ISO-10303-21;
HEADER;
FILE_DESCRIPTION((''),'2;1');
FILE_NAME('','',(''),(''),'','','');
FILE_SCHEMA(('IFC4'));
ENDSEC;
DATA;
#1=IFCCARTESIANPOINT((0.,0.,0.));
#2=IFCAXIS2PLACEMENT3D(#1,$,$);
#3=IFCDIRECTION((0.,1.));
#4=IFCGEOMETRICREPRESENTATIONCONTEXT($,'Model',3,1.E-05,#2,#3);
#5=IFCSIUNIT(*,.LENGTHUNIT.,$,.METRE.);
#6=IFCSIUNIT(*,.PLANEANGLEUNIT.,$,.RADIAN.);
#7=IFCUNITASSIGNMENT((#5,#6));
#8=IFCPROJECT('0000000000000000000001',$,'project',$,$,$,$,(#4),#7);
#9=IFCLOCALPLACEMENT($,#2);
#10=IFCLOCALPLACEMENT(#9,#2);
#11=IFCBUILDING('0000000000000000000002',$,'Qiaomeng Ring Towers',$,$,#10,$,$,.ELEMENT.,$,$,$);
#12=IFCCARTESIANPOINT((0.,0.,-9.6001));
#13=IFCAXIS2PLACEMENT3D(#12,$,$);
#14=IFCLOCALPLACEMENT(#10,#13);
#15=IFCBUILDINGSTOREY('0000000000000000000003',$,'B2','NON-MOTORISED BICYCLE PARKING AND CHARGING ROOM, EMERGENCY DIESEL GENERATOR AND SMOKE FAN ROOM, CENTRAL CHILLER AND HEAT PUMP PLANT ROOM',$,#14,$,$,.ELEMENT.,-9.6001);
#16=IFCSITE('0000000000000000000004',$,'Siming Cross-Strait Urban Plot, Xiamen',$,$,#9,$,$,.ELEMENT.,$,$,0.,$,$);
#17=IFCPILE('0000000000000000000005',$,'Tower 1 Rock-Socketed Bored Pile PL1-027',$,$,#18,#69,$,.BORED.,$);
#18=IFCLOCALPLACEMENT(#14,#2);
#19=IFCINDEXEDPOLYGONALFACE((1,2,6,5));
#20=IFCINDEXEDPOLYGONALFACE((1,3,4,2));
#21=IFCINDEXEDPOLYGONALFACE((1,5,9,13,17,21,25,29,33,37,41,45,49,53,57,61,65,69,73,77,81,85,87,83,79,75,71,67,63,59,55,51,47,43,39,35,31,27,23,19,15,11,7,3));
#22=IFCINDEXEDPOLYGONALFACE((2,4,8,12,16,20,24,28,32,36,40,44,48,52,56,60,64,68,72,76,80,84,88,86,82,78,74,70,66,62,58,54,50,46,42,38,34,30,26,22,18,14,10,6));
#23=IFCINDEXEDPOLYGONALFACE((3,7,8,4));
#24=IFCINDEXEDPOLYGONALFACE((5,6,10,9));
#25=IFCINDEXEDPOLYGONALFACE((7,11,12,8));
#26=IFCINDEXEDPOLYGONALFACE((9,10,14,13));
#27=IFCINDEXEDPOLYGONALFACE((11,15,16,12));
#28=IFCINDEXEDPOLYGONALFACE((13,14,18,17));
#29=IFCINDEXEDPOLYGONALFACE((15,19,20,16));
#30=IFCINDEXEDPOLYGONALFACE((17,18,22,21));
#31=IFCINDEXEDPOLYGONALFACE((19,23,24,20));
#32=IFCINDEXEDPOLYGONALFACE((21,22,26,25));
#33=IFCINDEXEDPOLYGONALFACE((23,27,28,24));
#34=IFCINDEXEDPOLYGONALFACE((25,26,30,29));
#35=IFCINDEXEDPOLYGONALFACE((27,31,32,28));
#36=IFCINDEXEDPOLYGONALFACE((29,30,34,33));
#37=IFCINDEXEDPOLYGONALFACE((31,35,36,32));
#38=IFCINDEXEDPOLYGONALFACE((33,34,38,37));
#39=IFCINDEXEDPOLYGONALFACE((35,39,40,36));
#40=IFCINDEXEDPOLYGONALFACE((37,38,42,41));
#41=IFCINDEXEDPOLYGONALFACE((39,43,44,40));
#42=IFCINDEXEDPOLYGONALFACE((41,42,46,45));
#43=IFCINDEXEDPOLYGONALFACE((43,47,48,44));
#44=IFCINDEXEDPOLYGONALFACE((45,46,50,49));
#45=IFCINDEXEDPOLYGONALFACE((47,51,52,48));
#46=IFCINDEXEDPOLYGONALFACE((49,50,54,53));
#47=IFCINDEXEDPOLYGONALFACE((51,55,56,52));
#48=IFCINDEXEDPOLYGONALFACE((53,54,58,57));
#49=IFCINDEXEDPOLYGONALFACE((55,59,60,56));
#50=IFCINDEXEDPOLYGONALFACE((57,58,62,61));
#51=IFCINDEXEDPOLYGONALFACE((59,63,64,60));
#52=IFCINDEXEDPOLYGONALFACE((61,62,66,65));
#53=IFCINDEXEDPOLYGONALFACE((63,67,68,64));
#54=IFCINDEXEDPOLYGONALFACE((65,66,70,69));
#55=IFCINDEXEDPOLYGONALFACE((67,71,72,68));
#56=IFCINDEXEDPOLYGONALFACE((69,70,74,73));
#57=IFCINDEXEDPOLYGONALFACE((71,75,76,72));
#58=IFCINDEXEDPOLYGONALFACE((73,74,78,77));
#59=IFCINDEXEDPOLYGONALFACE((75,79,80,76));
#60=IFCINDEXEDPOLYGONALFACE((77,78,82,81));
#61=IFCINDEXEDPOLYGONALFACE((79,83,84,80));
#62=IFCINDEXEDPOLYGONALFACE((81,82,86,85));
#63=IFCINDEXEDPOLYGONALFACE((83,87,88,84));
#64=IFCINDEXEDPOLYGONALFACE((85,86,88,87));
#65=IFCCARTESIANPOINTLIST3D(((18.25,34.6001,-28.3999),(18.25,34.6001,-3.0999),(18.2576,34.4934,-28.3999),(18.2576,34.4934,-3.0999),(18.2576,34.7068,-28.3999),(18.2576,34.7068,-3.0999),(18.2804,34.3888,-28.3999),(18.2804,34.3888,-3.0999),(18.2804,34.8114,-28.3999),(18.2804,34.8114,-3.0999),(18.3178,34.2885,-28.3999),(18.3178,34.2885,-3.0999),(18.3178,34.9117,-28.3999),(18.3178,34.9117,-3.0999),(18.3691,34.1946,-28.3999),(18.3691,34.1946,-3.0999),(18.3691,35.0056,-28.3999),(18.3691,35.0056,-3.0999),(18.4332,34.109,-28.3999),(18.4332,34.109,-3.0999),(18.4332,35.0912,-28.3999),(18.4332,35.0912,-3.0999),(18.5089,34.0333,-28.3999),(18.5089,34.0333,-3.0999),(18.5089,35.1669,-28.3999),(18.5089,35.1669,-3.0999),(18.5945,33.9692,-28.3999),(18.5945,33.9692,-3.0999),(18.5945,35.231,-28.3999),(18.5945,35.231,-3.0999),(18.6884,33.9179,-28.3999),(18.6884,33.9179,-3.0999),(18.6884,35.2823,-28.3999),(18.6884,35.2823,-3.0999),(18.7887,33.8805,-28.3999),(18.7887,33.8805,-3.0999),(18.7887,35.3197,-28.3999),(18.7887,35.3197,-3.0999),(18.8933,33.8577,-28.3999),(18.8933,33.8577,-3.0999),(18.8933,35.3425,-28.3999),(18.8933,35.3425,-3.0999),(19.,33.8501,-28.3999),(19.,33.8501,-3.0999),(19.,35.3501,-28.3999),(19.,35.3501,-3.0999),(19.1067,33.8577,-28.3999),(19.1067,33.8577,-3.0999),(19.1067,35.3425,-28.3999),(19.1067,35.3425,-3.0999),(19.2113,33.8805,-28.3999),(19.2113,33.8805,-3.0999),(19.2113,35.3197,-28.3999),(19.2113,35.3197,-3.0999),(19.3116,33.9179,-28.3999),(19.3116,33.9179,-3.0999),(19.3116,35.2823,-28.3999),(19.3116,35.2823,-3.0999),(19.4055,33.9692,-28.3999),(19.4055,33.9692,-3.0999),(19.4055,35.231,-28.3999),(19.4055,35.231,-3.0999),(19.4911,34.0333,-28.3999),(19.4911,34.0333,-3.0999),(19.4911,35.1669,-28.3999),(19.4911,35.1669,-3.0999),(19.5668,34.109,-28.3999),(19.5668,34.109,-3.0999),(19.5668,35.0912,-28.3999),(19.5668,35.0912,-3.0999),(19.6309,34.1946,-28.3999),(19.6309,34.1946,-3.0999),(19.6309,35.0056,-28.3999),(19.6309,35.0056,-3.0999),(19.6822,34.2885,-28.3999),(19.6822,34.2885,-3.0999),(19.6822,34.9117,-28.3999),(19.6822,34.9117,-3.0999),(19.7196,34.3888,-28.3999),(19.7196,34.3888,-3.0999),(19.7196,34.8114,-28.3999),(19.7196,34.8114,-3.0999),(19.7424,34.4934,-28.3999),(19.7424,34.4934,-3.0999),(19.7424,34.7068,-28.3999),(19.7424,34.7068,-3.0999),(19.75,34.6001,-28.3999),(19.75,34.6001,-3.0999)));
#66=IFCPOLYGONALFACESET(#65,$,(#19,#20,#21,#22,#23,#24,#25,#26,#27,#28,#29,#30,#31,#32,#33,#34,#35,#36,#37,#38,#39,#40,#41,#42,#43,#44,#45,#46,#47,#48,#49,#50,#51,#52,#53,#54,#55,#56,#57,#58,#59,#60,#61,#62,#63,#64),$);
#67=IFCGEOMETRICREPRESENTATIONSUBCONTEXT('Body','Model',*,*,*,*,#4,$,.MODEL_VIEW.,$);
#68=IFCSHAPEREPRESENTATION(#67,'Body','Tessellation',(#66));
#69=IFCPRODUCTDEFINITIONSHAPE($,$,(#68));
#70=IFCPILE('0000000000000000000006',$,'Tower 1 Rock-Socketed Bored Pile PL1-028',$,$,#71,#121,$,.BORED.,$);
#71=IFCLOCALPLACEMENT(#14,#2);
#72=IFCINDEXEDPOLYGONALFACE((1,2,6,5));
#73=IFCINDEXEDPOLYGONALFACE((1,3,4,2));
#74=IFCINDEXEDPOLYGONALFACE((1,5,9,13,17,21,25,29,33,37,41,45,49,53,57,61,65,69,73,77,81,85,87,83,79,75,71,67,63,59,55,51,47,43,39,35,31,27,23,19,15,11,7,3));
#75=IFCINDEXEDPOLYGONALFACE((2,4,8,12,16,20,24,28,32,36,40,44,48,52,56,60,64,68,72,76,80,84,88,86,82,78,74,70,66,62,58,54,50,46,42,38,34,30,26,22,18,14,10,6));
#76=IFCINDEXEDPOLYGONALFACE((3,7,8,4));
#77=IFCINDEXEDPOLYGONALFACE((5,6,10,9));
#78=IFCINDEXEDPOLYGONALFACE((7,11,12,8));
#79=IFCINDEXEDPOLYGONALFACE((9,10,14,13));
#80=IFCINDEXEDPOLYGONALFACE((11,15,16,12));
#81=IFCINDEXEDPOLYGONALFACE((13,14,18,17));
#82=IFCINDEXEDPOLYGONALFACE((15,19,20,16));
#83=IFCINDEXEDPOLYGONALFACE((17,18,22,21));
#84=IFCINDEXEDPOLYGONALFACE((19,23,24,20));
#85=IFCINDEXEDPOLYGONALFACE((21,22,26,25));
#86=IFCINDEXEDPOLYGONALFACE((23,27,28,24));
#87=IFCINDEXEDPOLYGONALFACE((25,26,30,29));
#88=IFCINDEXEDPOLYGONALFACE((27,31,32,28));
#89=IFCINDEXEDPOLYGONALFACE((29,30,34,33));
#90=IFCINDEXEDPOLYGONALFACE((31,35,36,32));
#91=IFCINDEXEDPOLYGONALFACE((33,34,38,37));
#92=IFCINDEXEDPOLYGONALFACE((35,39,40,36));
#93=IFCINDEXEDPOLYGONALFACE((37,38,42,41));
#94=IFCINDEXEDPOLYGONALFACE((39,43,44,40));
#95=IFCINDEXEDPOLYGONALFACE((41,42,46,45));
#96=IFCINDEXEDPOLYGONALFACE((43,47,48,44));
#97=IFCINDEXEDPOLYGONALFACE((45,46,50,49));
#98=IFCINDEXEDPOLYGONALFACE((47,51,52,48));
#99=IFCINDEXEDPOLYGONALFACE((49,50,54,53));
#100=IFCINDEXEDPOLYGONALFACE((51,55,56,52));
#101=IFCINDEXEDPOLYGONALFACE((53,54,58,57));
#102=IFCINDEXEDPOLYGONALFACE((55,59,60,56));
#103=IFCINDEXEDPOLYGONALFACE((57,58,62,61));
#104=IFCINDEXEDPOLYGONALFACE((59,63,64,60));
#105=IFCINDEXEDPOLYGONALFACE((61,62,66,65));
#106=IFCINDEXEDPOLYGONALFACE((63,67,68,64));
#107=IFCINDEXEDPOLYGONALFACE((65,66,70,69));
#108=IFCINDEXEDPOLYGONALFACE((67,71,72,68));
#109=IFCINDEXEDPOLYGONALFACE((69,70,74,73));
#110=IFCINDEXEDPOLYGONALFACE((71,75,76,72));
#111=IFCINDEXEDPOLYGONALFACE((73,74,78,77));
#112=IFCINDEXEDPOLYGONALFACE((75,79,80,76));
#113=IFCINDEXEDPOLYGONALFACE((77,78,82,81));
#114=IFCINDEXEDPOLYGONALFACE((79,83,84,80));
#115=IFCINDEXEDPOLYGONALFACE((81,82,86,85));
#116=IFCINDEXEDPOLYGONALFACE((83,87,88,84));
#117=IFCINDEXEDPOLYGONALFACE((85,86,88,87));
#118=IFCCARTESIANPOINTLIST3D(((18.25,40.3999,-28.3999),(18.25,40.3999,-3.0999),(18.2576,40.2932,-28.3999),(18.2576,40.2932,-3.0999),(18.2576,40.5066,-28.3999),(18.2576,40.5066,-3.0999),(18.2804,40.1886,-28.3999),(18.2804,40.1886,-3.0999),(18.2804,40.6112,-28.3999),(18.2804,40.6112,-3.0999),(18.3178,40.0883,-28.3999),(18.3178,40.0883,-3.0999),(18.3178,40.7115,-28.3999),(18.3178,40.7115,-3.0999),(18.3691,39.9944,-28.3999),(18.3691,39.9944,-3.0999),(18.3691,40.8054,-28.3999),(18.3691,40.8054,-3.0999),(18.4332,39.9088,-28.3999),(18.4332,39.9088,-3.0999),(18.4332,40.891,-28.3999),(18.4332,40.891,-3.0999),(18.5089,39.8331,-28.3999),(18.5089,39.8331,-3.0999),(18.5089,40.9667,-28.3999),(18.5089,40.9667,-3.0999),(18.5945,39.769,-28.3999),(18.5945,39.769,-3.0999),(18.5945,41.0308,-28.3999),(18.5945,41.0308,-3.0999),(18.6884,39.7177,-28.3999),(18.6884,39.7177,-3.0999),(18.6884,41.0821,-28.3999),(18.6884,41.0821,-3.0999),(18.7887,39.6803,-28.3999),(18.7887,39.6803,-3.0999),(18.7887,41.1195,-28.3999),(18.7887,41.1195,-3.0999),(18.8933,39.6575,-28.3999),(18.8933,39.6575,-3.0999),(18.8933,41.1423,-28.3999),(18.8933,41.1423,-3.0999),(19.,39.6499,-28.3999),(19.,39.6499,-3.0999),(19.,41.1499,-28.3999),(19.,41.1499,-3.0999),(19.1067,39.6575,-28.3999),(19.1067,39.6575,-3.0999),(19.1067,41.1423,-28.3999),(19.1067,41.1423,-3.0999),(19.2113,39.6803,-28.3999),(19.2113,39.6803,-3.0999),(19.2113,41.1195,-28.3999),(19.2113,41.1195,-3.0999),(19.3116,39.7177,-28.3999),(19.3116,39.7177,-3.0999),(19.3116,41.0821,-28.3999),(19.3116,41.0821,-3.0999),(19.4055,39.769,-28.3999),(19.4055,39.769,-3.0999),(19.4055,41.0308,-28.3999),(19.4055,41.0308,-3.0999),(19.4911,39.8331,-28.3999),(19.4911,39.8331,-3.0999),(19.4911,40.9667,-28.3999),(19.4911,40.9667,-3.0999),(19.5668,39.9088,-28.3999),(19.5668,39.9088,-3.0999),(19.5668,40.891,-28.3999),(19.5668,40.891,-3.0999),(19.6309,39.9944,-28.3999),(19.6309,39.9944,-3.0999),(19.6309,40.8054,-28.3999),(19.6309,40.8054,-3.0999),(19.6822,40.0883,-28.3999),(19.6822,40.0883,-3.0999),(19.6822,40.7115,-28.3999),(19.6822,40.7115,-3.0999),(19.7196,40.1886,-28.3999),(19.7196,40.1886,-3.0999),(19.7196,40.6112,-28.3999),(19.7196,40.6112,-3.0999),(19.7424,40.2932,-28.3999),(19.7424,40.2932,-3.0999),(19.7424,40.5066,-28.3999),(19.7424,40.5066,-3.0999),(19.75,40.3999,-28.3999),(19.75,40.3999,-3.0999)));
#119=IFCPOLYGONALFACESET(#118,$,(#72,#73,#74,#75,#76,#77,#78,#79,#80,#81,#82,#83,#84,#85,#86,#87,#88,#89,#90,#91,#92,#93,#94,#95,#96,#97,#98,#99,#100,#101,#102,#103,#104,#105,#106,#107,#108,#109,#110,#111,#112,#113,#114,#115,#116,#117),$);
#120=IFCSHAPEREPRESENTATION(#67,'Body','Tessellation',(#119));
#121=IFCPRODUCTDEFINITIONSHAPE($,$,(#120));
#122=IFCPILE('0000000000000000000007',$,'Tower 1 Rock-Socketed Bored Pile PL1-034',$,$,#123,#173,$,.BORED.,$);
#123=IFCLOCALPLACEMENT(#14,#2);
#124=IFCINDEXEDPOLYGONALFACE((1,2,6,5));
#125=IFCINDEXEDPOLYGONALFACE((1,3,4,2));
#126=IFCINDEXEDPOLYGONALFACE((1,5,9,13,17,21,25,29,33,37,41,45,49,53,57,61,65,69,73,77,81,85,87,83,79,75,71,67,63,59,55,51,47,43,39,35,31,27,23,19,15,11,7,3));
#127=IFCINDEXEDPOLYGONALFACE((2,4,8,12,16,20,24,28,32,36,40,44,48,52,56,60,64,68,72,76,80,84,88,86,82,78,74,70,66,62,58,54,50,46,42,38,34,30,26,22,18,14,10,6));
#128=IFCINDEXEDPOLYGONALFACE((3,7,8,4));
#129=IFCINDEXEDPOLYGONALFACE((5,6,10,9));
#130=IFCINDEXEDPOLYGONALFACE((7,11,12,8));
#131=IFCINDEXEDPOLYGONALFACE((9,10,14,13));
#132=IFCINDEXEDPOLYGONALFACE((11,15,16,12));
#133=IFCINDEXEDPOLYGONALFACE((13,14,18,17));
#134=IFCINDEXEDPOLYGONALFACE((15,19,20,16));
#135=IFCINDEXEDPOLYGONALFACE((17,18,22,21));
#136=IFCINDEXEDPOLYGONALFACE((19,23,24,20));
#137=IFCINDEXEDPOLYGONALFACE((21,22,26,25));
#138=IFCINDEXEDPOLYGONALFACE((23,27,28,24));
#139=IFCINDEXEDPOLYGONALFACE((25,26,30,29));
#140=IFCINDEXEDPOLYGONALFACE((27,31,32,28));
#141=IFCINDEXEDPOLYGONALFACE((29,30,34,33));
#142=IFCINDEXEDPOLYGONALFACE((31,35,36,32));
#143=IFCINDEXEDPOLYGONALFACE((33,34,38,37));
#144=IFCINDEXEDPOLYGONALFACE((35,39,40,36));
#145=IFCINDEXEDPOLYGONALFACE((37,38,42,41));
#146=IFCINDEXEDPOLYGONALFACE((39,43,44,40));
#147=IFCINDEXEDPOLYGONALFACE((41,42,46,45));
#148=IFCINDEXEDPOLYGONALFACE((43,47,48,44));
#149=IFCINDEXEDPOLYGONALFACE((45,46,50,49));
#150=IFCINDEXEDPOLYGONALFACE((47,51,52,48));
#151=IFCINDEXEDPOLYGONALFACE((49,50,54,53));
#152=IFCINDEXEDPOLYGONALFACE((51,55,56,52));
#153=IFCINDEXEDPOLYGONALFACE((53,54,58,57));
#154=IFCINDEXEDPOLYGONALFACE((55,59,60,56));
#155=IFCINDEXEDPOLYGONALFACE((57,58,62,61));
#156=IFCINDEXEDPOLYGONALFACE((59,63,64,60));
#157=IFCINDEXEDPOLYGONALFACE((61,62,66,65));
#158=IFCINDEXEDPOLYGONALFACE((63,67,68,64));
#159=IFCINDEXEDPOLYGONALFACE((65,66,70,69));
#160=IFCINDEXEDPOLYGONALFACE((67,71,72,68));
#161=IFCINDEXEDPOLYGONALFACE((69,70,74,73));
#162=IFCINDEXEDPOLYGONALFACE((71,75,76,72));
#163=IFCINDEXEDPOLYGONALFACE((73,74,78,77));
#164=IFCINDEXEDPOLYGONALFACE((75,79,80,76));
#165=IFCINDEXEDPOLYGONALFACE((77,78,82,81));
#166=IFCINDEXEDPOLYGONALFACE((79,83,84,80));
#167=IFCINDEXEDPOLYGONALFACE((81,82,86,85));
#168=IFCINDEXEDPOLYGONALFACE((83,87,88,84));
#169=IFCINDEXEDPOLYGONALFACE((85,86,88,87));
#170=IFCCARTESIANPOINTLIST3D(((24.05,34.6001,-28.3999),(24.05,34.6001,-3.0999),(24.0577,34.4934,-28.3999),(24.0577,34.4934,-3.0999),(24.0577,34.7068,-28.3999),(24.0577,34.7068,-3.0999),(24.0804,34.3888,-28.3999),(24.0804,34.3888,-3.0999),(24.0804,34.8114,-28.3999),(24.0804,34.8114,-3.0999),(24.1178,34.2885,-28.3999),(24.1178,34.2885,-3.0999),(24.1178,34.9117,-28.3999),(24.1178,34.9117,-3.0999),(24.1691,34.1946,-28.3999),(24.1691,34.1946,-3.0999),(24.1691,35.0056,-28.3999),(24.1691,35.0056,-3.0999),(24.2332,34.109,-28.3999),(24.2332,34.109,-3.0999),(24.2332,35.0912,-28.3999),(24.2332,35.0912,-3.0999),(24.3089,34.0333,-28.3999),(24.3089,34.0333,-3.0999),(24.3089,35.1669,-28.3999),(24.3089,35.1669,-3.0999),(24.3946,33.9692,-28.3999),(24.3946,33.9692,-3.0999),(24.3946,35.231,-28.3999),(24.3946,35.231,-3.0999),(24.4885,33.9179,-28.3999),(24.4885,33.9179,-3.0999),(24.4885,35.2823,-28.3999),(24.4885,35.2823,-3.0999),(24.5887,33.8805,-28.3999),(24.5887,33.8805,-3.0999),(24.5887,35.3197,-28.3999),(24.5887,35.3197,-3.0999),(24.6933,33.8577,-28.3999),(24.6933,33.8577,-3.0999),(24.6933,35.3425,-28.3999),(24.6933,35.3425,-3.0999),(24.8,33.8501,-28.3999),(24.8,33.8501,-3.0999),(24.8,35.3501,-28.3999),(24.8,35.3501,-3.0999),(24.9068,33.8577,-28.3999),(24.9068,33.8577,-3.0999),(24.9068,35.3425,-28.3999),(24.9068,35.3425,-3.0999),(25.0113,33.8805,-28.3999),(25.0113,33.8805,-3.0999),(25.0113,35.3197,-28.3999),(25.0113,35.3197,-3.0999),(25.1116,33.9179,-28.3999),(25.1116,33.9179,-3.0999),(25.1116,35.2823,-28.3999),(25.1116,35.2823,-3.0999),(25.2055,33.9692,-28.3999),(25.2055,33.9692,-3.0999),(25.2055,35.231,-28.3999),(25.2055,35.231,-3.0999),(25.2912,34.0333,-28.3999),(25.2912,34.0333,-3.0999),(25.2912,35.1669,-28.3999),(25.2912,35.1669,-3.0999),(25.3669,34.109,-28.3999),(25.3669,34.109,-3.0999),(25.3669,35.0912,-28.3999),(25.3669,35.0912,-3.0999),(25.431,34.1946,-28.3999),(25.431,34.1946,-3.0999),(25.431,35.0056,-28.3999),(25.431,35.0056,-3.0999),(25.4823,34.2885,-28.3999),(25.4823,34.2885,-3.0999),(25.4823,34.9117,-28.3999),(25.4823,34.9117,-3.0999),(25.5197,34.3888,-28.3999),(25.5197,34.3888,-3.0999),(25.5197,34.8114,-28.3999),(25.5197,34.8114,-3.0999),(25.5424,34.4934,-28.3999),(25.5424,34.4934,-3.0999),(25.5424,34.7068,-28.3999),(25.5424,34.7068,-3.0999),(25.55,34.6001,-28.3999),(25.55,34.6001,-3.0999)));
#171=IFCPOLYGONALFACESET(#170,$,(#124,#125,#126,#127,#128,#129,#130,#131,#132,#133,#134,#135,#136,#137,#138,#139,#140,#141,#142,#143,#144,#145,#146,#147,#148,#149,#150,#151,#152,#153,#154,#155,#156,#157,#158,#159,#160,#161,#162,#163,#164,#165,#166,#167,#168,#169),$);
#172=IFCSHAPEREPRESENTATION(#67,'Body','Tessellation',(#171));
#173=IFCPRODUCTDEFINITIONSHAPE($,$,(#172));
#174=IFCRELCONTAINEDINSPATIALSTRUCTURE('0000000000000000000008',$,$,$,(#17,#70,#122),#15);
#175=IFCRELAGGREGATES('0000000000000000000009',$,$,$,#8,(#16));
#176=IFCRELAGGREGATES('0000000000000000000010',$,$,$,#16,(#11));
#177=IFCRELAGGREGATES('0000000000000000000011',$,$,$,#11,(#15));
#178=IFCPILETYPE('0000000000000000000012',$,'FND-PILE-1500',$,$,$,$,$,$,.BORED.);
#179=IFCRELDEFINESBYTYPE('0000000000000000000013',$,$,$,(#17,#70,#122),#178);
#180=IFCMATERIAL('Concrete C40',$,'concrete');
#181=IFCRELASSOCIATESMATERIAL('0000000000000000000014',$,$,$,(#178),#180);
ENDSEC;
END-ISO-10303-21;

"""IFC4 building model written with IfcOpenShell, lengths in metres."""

from ifc_helpers import new_model, si_unit, direction, frame, origin, origin_2d, place, context, subcontext, project, spatial, circle, extrude, source, transform, mapped, material, material_profile, profile_set, type_object, element, save


model = new_model("IFC4")

# Units and contexts
model_context = context("Model", 3, precision=1e-05, world=origin(), true_north=direction((0.0, 1.0)))
body_context = subcontext(model_context, "Body", "Model", "MODEL_VIEW")
ifc_project = project(units=[si_unit("LENGTHUNIT", "METRE"), si_unit("PLANEANGLEUNIT", "RADIAN")], contexts=[model_context])

# Site, building, storey
site_placement = place(None, origin())
site = spatial("IfcSite", under=ifc_project, at=site_placement, Name="Siming Cross-Strait Urban Plot, Xiamen", CompositionType="ELEMENT", RefElevation=0.0)
building_placement = place(site_placement, origin())
building = spatial("IfcBuilding", under=site, at=building_placement, Name="Qiaomeng Ring Towers", CompositionType="ELEMENT")
storey_placement = place(building_placement, frame((0.0, 0.0, -9.6001)))
storey = spatial("IfcBuildingStorey", under=building, at=storey_placement, Name="B2", Description="NON-MOTORISED BICYCLE PARKING AND CHARGING ROOM, EMERGENCY DIESEL GENERATOR AND SMOKE FAN ROOM, CENTRAL CHILLER AND HEAT PUMP PLANT ROOM", CompositionType="ELEMENT", Elevation=-9.6001)

# Piles
ifc_material_1 = material(Name="Concrete C40", Category="concrete")
ifc_material_profile_1 = material_profile(ifc_material_1, circle(Radius=0.75, at=origin_2d()), Name="BORED PILE 1500")
ifc_profile_set_1 = profile_set([ifc_material_profile_1], Name="Concrete C40")
pile_type = type_object("IfcPileType", Name="FND-PILE-1500", PredefinedType="BORED", material=ifc_profile_set_1)
shared_shape_1 = source(origin(), body_context, "Body", "SweptSolid", [
    extrude(circle(Radius=0.75, at=origin_2d()), origin(), (0.0, 0.0, 1.0), 25.3),
])
for number, where, z_axis, x_axis, name in (
    (1, (19.0, 34.6001, -3.0999), (0.0, 0.0, -1.0), (1.0, 0.0, 0.0), "Tower 1 Rock-Socketed Bored Pile PL1-027"),
    (2, (19.0, 40.3999, -3.0999), (0.0, 0.0, -1.0), (1.0, 0.0, 0.0), "Tower 1 Rock-Socketed Bored Pile PL1-028"),
    (3, (24.8, 34.6001, -3.0999), (0.0, 0.0, -1.0), (1.0, 0.0, 0.0), "Tower 1 Rock-Socketed Bored Pile PL1-034"),
):
    element("IfcPile", number, at=place(storey_placement, frame(where, z_axis=z_axis, x_axis=x_axis)), inside=storey, type_object=pile_type, Name=name, PredefinedType="BORED", context=body_context, shape_type="MappedRepresentation", body=[
        mapped(shared_shape_1, transform((0.0, 0.0, 0.0), x_axis=(1.0, 0.0, 0.0), y_axis=(0.0, 1.0, 0.0), z_axis=(0.0, 0.0, 1.0), scale=1.0)),
    ])

save(model, "model.ifc")
